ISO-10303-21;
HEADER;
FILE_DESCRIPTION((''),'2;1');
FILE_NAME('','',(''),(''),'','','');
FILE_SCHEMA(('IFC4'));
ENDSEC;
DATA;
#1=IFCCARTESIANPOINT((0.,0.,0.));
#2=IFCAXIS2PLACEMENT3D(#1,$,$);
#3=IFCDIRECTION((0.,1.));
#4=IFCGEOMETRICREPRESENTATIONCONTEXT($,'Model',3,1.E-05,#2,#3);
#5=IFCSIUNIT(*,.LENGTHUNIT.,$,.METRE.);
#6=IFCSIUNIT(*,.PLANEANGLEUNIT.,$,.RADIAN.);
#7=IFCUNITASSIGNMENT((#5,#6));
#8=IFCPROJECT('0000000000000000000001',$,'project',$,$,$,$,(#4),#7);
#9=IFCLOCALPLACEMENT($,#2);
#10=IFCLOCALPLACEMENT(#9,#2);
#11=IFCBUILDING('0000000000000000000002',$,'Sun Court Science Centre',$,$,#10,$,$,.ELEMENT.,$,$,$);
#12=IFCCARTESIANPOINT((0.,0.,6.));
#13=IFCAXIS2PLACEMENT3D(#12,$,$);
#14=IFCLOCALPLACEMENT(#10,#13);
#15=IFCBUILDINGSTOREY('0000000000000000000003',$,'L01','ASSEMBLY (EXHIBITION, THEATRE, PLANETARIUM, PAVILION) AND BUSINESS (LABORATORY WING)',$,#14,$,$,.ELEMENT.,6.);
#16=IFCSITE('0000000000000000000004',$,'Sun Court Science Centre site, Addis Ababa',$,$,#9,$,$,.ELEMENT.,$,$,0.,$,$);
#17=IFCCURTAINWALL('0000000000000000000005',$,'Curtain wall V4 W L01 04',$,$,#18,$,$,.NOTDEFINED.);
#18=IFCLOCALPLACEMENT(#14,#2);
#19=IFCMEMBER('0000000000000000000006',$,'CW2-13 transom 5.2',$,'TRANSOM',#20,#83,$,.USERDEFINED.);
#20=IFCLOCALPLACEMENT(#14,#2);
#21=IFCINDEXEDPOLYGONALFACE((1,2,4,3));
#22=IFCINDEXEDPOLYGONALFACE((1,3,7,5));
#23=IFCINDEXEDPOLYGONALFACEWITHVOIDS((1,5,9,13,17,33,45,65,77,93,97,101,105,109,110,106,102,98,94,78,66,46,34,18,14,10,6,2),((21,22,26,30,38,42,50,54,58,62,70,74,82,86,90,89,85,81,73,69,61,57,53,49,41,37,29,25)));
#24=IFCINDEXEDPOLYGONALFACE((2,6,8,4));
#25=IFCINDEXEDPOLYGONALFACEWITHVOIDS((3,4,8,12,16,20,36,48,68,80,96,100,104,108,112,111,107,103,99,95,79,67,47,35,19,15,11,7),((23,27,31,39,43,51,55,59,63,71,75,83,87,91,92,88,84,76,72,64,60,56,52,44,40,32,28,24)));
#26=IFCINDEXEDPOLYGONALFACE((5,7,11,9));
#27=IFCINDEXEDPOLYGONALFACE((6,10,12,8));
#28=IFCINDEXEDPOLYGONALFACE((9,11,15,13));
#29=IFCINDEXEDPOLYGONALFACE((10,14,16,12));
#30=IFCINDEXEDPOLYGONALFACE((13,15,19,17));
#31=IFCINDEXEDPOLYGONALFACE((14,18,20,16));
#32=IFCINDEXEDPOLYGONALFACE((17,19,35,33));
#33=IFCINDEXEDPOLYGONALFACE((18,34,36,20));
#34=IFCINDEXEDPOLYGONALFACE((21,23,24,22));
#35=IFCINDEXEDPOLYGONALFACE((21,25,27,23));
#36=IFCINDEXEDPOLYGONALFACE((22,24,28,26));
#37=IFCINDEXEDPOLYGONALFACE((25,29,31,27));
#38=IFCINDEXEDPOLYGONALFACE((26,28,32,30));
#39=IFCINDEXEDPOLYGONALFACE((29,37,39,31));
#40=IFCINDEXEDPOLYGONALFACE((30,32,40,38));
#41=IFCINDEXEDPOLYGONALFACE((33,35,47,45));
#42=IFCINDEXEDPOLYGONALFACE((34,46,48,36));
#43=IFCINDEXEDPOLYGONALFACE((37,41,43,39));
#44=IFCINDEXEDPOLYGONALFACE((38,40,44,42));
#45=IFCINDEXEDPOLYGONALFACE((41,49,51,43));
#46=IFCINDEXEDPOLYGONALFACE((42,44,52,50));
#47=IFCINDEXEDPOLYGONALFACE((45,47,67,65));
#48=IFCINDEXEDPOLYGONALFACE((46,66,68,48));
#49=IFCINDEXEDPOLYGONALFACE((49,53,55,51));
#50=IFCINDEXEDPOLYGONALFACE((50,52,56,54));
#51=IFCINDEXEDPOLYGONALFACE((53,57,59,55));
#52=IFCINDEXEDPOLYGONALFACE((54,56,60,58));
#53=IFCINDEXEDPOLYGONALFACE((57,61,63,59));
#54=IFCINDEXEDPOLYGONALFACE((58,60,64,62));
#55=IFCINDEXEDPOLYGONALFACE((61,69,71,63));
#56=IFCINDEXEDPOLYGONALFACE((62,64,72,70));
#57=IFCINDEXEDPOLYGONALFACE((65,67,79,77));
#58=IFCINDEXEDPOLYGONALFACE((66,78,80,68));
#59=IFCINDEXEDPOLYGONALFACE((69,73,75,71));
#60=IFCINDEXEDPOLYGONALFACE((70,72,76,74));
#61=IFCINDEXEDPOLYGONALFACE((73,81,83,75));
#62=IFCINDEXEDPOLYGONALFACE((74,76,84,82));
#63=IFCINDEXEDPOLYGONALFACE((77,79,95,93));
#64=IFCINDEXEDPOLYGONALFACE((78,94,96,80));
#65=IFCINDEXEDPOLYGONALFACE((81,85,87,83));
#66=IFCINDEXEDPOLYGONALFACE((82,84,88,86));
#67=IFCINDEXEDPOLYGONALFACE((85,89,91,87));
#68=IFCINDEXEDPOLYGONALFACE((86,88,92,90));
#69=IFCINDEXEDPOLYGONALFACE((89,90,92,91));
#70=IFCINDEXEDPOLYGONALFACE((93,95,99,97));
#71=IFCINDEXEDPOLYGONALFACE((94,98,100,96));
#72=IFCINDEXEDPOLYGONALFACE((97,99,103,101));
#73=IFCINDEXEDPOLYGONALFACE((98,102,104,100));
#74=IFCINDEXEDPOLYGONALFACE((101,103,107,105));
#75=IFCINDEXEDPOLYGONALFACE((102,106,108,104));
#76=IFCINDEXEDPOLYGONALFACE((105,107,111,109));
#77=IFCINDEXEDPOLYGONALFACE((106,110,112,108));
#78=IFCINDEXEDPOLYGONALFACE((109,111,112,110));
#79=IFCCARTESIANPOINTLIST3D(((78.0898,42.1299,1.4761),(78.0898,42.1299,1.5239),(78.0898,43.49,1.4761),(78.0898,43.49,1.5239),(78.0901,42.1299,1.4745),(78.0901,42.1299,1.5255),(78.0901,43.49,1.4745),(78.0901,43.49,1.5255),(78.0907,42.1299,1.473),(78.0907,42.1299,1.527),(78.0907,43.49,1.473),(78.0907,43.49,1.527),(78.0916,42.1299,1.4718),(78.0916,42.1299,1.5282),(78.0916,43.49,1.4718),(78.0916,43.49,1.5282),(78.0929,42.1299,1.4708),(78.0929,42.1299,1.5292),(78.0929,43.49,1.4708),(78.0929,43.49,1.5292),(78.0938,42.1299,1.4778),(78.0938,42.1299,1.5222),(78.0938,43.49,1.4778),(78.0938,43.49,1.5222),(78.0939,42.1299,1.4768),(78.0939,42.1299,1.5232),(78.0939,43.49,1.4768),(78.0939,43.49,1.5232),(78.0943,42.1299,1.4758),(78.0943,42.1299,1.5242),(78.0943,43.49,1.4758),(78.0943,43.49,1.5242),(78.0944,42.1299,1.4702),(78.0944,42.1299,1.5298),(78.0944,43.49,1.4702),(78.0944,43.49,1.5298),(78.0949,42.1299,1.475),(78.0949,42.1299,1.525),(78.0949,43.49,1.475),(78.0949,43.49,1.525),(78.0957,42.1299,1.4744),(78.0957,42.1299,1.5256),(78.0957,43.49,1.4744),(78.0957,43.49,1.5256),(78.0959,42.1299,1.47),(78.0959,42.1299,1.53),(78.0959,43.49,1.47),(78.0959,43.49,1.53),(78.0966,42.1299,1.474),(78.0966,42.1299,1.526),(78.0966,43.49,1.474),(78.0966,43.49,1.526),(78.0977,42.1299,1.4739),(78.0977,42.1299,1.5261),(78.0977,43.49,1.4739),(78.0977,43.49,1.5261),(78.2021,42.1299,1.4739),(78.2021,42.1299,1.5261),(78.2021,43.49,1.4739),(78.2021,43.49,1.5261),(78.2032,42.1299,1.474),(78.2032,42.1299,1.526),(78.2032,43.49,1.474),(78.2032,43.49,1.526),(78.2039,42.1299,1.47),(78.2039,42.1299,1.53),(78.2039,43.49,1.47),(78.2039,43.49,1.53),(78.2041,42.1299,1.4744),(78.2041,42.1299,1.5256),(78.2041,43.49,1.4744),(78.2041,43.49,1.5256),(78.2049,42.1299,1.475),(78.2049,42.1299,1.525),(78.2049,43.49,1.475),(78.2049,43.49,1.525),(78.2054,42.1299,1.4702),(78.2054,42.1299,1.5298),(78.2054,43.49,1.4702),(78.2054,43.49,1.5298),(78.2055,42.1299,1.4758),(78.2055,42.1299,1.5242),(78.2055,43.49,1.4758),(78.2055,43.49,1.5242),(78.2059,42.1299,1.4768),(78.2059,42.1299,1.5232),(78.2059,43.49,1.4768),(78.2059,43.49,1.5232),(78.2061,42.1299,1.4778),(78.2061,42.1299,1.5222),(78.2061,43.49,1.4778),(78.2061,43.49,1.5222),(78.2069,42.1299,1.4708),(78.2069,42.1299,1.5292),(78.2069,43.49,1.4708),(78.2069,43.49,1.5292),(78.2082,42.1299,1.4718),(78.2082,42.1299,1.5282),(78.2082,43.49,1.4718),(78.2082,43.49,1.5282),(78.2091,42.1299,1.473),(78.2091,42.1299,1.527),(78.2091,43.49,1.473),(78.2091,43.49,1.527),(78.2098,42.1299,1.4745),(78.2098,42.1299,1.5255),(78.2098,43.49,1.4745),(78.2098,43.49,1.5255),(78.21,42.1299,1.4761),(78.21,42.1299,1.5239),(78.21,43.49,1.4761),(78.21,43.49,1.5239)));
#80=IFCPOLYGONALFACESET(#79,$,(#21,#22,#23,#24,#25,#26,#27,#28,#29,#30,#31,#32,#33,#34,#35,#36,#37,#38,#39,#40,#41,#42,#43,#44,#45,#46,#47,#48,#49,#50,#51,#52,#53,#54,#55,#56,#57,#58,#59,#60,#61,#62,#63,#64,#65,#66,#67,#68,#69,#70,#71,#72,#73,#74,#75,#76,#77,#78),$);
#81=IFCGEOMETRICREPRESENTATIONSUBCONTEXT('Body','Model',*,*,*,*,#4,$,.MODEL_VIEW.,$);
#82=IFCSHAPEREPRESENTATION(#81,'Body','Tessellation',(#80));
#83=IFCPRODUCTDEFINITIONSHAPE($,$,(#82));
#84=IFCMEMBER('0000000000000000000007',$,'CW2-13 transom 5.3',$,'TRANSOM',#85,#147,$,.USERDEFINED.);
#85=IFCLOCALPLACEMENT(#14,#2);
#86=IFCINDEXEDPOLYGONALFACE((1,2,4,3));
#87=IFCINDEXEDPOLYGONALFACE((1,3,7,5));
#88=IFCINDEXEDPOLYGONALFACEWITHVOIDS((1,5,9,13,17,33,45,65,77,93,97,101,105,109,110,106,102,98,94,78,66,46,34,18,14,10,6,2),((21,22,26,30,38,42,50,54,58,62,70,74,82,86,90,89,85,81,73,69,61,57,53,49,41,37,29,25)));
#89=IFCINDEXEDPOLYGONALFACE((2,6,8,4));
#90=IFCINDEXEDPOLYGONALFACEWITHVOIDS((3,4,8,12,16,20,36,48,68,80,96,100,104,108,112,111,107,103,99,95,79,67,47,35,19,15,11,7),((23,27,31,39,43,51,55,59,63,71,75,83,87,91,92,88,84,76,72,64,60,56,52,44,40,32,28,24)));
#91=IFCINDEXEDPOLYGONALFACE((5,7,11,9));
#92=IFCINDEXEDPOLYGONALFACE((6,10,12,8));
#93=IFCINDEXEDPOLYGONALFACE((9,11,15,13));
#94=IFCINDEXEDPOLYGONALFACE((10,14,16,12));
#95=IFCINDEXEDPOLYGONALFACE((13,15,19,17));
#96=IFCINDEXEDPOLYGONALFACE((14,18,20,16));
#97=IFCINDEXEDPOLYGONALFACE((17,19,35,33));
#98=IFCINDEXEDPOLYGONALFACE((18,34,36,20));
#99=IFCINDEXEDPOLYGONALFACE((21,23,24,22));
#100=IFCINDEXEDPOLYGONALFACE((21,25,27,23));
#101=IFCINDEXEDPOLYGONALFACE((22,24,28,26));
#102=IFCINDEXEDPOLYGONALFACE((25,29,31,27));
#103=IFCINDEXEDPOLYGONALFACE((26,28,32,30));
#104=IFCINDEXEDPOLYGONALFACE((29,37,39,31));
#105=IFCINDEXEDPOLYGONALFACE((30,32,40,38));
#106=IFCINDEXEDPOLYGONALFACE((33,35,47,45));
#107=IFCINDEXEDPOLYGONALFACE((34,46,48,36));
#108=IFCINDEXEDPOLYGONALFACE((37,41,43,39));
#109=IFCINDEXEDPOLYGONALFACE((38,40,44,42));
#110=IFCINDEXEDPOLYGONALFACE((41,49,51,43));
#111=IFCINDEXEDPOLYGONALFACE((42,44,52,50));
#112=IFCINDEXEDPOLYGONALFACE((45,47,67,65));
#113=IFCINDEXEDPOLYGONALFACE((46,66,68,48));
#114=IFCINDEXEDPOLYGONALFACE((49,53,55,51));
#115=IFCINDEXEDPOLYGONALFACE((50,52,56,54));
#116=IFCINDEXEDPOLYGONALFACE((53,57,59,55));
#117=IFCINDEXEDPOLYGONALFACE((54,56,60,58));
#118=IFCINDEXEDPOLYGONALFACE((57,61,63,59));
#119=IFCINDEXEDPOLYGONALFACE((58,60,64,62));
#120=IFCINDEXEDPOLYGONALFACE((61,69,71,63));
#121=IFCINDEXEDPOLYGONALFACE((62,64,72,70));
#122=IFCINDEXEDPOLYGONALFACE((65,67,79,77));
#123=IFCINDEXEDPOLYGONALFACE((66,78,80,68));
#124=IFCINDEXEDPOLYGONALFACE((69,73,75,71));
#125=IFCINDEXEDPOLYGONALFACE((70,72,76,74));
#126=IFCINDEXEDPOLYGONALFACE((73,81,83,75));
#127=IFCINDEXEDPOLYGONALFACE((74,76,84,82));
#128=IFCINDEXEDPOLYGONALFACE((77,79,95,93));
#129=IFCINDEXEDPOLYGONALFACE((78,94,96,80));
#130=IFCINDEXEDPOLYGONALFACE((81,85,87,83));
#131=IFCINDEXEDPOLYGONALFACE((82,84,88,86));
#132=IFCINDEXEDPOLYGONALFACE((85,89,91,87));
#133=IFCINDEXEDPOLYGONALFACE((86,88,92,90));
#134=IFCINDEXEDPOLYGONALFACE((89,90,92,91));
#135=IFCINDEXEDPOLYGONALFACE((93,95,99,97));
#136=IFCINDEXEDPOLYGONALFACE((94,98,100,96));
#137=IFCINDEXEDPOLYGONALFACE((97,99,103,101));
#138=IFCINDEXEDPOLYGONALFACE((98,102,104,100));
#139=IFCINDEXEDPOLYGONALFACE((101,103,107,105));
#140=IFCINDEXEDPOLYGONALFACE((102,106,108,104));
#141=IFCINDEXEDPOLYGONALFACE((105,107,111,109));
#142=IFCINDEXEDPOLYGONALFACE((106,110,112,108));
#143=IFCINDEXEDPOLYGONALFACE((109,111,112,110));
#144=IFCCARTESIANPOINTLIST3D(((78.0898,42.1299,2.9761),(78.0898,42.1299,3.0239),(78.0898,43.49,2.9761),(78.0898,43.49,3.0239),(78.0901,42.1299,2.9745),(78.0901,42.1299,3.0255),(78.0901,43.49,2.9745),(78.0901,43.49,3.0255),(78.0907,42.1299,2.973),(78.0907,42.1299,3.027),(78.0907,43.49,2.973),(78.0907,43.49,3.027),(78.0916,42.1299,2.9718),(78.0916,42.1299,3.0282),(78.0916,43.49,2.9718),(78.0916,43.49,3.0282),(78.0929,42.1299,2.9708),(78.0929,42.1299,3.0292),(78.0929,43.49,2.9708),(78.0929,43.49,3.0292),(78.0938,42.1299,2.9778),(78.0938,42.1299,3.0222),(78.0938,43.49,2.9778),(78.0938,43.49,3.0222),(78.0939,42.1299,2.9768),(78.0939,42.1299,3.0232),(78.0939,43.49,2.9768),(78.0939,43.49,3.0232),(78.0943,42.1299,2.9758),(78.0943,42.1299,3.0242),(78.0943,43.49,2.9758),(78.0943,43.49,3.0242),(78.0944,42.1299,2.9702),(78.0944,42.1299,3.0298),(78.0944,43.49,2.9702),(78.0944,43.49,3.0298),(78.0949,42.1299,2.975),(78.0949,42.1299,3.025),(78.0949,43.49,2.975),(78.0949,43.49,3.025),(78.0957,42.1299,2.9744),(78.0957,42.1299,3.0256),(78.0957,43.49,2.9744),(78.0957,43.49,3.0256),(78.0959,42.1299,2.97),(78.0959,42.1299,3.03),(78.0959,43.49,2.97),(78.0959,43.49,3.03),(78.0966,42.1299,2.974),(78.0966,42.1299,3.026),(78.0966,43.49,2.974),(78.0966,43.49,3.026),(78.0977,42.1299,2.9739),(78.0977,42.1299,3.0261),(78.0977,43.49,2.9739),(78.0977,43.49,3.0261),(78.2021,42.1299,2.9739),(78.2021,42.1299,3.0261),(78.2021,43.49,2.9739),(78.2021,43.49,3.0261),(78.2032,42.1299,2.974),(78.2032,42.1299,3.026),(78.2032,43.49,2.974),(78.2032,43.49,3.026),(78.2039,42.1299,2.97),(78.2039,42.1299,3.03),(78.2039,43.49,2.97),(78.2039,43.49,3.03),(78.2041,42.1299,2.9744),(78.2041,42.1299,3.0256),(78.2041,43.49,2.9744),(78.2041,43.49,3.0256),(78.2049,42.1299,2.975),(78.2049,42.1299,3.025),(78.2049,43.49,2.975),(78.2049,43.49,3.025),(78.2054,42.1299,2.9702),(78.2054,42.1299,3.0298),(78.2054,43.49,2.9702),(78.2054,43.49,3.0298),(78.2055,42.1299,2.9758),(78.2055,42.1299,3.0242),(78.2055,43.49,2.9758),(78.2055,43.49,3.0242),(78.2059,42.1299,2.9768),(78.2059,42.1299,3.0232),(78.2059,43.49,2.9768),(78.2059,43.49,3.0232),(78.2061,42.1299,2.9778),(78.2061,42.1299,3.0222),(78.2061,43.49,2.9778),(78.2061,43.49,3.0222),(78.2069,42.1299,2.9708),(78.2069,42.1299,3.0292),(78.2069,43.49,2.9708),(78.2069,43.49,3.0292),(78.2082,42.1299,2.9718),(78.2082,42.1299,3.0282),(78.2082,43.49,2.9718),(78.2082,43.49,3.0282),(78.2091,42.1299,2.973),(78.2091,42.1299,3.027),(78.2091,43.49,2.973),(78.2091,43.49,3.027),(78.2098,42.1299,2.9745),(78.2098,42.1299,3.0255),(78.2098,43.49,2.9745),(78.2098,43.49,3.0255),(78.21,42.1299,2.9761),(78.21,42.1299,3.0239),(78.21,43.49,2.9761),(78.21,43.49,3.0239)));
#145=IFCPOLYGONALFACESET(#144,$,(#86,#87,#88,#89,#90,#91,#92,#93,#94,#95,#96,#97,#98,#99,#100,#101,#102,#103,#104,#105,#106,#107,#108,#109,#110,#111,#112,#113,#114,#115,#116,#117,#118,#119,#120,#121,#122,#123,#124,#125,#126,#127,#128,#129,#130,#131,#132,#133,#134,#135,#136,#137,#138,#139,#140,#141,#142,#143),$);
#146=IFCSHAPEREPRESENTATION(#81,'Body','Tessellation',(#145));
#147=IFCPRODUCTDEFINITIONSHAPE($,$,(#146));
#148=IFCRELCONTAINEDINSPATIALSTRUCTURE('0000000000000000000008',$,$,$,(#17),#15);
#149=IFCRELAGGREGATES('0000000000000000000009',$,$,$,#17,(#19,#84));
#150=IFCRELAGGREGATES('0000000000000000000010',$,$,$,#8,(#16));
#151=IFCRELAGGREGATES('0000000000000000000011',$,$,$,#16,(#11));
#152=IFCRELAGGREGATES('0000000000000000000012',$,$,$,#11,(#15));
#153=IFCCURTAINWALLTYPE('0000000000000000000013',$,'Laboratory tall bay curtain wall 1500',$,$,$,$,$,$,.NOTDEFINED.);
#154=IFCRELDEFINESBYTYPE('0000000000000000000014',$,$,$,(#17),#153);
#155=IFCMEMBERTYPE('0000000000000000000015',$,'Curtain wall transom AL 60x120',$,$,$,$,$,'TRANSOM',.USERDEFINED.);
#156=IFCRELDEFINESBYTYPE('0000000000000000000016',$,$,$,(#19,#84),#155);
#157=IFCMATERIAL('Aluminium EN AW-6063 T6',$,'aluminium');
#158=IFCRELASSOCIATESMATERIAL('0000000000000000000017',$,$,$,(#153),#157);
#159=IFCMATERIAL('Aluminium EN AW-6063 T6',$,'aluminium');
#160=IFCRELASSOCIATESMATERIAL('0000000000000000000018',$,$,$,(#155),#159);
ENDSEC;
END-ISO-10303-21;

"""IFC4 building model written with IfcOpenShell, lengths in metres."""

from ifc_helpers import new_model, si_unit, direction, frame, origin, origin_2d, place, context, subcontext, project, spatial, hollow_rectangle, extrude, material, material_profile, profile_set, type_object, element, aggregate, save


model = new_model("IFC4")

# Units and contexts
model_context = context("Model", 3, precision=1e-05, world=origin(), true_north=direction((0.0, 1.0)))
body_context = subcontext(model_context, "Body", "Model", "MODEL_VIEW")
ifc_project = project(units=[si_unit("LENGTHUNIT", "METRE"), si_unit("PLANEANGLEUNIT", "RADIAN")], contexts=[model_context])

# Site, building, storey
site_placement = place(None, origin())
site = spatial("IfcSite", under=ifc_project, at=site_placement, Name="Sun Court Science Centre site, Addis Ababa", CompositionType="ELEMENT", RefElevation=0.0)
building_placement = place(site_placement, origin())
building = spatial("IfcBuilding", under=site, at=building_placement, Name="Sun Court Science Centre", CompositionType="ELEMENT")
storey_placement = place(building_placement, frame((0.0, 0.0, 6.0)))
storey = spatial("IfcBuildingStorey", under=building, at=storey_placement, Name="L01", Description="ASSEMBLY (EXHIBITION, THEATRE, PLANETARIUM, PAVILION) AND BUSINESS (LABORATORY WING)", CompositionType="ELEMENT", Elevation=6.0)

# Curtain wall
ifc_material_1 = material(Name="Aluminium EN AW-6063 T6", Category="aluminium")
curtain_wall_type_1 = type_object("IfcCurtainWallType", Name="Laboratory tall bay curtain wall 1500", PredefinedType="NOTDEFINED", material=ifc_material_1)
curtain_wall_1_placement = place(storey_placement, origin())
curtain_wall_1 = element("IfcCurtainWall", 1, at=curtain_wall_1_placement, inside=storey, type_object=curtain_wall_type_1, Name="Curtain wall V4 W L01 04", PredefinedType="NOTDEFINED")

# Members
ifc_material_2 = material(Name="Aluminium EN AW-6063 T6", Category="aluminium")
ifc_material_profile_1 = material_profile(ifc_material_2, hollow_rectangle(XDim=0.0601, YDim=0.1201, WallThickness=0.0039, InnerFilletRadius=0.0039, OuterFilletRadius=0.0061, at=origin_2d()), Name="AL 60x120x4")
ifc_profile_set_1 = profile_set([ifc_material_profile_1], Name="Aluminium EN AW-6063 T6")
member_type_1 = type_object("IfcMemberType", Name="Curtain wall transom AL 60x120", ElementType="TRANSOM", PredefinedType="USERDEFINED", material=ifc_profile_set_1)
member_1_placement = place(storey_placement, frame((78.1499, 42.1299, 1.5), z_axis=(0.0, 1.0, 0.0), x_axis=(0.0, 0.0, 1.0)))
member_1 = element("IfcMember", 2, at=member_1_placement, type_object=member_type_1, Name="CW2-13 transom 5.2", ObjectType="TRANSOM", PredefinedType="USERDEFINED", context=body_context, shape_type="SweptSolid", body=[
    extrude(hollow_rectangle(XDim=0.0601, YDim=0.1201, WallThickness=0.0039, InnerFilletRadius=0.0039, OuterFilletRadius=0.0061, at=origin_2d()), origin(), (0.0, 0.0, 1.0), 1.3601),
])
member_2_placement = place(storey_placement, frame((78.1499, 42.1299, 3.0), z_axis=(0.0, 1.0, 0.0), x_axis=(0.0, 0.0, 1.0)))
member_2 = element("IfcMember", 3, at=member_2_placement, type_object=member_type_1, Name="CW2-13 transom 5.3", ObjectType="TRANSOM", PredefinedType="USERDEFINED", context=body_context, shape_type="SweptSolid", body=[
    extrude(hollow_rectangle(XDim=0.0601, YDim=0.1201, WallThickness=0.0039, InnerFilletRadius=0.0039, OuterFilletRadius=0.0061, at=origin_2d()), origin(), (0.0, 0.0, 1.0), 1.3601),
])

aggregate(curtain_wall_1, [member_1, member_2])

save(model, "model.ifc")
